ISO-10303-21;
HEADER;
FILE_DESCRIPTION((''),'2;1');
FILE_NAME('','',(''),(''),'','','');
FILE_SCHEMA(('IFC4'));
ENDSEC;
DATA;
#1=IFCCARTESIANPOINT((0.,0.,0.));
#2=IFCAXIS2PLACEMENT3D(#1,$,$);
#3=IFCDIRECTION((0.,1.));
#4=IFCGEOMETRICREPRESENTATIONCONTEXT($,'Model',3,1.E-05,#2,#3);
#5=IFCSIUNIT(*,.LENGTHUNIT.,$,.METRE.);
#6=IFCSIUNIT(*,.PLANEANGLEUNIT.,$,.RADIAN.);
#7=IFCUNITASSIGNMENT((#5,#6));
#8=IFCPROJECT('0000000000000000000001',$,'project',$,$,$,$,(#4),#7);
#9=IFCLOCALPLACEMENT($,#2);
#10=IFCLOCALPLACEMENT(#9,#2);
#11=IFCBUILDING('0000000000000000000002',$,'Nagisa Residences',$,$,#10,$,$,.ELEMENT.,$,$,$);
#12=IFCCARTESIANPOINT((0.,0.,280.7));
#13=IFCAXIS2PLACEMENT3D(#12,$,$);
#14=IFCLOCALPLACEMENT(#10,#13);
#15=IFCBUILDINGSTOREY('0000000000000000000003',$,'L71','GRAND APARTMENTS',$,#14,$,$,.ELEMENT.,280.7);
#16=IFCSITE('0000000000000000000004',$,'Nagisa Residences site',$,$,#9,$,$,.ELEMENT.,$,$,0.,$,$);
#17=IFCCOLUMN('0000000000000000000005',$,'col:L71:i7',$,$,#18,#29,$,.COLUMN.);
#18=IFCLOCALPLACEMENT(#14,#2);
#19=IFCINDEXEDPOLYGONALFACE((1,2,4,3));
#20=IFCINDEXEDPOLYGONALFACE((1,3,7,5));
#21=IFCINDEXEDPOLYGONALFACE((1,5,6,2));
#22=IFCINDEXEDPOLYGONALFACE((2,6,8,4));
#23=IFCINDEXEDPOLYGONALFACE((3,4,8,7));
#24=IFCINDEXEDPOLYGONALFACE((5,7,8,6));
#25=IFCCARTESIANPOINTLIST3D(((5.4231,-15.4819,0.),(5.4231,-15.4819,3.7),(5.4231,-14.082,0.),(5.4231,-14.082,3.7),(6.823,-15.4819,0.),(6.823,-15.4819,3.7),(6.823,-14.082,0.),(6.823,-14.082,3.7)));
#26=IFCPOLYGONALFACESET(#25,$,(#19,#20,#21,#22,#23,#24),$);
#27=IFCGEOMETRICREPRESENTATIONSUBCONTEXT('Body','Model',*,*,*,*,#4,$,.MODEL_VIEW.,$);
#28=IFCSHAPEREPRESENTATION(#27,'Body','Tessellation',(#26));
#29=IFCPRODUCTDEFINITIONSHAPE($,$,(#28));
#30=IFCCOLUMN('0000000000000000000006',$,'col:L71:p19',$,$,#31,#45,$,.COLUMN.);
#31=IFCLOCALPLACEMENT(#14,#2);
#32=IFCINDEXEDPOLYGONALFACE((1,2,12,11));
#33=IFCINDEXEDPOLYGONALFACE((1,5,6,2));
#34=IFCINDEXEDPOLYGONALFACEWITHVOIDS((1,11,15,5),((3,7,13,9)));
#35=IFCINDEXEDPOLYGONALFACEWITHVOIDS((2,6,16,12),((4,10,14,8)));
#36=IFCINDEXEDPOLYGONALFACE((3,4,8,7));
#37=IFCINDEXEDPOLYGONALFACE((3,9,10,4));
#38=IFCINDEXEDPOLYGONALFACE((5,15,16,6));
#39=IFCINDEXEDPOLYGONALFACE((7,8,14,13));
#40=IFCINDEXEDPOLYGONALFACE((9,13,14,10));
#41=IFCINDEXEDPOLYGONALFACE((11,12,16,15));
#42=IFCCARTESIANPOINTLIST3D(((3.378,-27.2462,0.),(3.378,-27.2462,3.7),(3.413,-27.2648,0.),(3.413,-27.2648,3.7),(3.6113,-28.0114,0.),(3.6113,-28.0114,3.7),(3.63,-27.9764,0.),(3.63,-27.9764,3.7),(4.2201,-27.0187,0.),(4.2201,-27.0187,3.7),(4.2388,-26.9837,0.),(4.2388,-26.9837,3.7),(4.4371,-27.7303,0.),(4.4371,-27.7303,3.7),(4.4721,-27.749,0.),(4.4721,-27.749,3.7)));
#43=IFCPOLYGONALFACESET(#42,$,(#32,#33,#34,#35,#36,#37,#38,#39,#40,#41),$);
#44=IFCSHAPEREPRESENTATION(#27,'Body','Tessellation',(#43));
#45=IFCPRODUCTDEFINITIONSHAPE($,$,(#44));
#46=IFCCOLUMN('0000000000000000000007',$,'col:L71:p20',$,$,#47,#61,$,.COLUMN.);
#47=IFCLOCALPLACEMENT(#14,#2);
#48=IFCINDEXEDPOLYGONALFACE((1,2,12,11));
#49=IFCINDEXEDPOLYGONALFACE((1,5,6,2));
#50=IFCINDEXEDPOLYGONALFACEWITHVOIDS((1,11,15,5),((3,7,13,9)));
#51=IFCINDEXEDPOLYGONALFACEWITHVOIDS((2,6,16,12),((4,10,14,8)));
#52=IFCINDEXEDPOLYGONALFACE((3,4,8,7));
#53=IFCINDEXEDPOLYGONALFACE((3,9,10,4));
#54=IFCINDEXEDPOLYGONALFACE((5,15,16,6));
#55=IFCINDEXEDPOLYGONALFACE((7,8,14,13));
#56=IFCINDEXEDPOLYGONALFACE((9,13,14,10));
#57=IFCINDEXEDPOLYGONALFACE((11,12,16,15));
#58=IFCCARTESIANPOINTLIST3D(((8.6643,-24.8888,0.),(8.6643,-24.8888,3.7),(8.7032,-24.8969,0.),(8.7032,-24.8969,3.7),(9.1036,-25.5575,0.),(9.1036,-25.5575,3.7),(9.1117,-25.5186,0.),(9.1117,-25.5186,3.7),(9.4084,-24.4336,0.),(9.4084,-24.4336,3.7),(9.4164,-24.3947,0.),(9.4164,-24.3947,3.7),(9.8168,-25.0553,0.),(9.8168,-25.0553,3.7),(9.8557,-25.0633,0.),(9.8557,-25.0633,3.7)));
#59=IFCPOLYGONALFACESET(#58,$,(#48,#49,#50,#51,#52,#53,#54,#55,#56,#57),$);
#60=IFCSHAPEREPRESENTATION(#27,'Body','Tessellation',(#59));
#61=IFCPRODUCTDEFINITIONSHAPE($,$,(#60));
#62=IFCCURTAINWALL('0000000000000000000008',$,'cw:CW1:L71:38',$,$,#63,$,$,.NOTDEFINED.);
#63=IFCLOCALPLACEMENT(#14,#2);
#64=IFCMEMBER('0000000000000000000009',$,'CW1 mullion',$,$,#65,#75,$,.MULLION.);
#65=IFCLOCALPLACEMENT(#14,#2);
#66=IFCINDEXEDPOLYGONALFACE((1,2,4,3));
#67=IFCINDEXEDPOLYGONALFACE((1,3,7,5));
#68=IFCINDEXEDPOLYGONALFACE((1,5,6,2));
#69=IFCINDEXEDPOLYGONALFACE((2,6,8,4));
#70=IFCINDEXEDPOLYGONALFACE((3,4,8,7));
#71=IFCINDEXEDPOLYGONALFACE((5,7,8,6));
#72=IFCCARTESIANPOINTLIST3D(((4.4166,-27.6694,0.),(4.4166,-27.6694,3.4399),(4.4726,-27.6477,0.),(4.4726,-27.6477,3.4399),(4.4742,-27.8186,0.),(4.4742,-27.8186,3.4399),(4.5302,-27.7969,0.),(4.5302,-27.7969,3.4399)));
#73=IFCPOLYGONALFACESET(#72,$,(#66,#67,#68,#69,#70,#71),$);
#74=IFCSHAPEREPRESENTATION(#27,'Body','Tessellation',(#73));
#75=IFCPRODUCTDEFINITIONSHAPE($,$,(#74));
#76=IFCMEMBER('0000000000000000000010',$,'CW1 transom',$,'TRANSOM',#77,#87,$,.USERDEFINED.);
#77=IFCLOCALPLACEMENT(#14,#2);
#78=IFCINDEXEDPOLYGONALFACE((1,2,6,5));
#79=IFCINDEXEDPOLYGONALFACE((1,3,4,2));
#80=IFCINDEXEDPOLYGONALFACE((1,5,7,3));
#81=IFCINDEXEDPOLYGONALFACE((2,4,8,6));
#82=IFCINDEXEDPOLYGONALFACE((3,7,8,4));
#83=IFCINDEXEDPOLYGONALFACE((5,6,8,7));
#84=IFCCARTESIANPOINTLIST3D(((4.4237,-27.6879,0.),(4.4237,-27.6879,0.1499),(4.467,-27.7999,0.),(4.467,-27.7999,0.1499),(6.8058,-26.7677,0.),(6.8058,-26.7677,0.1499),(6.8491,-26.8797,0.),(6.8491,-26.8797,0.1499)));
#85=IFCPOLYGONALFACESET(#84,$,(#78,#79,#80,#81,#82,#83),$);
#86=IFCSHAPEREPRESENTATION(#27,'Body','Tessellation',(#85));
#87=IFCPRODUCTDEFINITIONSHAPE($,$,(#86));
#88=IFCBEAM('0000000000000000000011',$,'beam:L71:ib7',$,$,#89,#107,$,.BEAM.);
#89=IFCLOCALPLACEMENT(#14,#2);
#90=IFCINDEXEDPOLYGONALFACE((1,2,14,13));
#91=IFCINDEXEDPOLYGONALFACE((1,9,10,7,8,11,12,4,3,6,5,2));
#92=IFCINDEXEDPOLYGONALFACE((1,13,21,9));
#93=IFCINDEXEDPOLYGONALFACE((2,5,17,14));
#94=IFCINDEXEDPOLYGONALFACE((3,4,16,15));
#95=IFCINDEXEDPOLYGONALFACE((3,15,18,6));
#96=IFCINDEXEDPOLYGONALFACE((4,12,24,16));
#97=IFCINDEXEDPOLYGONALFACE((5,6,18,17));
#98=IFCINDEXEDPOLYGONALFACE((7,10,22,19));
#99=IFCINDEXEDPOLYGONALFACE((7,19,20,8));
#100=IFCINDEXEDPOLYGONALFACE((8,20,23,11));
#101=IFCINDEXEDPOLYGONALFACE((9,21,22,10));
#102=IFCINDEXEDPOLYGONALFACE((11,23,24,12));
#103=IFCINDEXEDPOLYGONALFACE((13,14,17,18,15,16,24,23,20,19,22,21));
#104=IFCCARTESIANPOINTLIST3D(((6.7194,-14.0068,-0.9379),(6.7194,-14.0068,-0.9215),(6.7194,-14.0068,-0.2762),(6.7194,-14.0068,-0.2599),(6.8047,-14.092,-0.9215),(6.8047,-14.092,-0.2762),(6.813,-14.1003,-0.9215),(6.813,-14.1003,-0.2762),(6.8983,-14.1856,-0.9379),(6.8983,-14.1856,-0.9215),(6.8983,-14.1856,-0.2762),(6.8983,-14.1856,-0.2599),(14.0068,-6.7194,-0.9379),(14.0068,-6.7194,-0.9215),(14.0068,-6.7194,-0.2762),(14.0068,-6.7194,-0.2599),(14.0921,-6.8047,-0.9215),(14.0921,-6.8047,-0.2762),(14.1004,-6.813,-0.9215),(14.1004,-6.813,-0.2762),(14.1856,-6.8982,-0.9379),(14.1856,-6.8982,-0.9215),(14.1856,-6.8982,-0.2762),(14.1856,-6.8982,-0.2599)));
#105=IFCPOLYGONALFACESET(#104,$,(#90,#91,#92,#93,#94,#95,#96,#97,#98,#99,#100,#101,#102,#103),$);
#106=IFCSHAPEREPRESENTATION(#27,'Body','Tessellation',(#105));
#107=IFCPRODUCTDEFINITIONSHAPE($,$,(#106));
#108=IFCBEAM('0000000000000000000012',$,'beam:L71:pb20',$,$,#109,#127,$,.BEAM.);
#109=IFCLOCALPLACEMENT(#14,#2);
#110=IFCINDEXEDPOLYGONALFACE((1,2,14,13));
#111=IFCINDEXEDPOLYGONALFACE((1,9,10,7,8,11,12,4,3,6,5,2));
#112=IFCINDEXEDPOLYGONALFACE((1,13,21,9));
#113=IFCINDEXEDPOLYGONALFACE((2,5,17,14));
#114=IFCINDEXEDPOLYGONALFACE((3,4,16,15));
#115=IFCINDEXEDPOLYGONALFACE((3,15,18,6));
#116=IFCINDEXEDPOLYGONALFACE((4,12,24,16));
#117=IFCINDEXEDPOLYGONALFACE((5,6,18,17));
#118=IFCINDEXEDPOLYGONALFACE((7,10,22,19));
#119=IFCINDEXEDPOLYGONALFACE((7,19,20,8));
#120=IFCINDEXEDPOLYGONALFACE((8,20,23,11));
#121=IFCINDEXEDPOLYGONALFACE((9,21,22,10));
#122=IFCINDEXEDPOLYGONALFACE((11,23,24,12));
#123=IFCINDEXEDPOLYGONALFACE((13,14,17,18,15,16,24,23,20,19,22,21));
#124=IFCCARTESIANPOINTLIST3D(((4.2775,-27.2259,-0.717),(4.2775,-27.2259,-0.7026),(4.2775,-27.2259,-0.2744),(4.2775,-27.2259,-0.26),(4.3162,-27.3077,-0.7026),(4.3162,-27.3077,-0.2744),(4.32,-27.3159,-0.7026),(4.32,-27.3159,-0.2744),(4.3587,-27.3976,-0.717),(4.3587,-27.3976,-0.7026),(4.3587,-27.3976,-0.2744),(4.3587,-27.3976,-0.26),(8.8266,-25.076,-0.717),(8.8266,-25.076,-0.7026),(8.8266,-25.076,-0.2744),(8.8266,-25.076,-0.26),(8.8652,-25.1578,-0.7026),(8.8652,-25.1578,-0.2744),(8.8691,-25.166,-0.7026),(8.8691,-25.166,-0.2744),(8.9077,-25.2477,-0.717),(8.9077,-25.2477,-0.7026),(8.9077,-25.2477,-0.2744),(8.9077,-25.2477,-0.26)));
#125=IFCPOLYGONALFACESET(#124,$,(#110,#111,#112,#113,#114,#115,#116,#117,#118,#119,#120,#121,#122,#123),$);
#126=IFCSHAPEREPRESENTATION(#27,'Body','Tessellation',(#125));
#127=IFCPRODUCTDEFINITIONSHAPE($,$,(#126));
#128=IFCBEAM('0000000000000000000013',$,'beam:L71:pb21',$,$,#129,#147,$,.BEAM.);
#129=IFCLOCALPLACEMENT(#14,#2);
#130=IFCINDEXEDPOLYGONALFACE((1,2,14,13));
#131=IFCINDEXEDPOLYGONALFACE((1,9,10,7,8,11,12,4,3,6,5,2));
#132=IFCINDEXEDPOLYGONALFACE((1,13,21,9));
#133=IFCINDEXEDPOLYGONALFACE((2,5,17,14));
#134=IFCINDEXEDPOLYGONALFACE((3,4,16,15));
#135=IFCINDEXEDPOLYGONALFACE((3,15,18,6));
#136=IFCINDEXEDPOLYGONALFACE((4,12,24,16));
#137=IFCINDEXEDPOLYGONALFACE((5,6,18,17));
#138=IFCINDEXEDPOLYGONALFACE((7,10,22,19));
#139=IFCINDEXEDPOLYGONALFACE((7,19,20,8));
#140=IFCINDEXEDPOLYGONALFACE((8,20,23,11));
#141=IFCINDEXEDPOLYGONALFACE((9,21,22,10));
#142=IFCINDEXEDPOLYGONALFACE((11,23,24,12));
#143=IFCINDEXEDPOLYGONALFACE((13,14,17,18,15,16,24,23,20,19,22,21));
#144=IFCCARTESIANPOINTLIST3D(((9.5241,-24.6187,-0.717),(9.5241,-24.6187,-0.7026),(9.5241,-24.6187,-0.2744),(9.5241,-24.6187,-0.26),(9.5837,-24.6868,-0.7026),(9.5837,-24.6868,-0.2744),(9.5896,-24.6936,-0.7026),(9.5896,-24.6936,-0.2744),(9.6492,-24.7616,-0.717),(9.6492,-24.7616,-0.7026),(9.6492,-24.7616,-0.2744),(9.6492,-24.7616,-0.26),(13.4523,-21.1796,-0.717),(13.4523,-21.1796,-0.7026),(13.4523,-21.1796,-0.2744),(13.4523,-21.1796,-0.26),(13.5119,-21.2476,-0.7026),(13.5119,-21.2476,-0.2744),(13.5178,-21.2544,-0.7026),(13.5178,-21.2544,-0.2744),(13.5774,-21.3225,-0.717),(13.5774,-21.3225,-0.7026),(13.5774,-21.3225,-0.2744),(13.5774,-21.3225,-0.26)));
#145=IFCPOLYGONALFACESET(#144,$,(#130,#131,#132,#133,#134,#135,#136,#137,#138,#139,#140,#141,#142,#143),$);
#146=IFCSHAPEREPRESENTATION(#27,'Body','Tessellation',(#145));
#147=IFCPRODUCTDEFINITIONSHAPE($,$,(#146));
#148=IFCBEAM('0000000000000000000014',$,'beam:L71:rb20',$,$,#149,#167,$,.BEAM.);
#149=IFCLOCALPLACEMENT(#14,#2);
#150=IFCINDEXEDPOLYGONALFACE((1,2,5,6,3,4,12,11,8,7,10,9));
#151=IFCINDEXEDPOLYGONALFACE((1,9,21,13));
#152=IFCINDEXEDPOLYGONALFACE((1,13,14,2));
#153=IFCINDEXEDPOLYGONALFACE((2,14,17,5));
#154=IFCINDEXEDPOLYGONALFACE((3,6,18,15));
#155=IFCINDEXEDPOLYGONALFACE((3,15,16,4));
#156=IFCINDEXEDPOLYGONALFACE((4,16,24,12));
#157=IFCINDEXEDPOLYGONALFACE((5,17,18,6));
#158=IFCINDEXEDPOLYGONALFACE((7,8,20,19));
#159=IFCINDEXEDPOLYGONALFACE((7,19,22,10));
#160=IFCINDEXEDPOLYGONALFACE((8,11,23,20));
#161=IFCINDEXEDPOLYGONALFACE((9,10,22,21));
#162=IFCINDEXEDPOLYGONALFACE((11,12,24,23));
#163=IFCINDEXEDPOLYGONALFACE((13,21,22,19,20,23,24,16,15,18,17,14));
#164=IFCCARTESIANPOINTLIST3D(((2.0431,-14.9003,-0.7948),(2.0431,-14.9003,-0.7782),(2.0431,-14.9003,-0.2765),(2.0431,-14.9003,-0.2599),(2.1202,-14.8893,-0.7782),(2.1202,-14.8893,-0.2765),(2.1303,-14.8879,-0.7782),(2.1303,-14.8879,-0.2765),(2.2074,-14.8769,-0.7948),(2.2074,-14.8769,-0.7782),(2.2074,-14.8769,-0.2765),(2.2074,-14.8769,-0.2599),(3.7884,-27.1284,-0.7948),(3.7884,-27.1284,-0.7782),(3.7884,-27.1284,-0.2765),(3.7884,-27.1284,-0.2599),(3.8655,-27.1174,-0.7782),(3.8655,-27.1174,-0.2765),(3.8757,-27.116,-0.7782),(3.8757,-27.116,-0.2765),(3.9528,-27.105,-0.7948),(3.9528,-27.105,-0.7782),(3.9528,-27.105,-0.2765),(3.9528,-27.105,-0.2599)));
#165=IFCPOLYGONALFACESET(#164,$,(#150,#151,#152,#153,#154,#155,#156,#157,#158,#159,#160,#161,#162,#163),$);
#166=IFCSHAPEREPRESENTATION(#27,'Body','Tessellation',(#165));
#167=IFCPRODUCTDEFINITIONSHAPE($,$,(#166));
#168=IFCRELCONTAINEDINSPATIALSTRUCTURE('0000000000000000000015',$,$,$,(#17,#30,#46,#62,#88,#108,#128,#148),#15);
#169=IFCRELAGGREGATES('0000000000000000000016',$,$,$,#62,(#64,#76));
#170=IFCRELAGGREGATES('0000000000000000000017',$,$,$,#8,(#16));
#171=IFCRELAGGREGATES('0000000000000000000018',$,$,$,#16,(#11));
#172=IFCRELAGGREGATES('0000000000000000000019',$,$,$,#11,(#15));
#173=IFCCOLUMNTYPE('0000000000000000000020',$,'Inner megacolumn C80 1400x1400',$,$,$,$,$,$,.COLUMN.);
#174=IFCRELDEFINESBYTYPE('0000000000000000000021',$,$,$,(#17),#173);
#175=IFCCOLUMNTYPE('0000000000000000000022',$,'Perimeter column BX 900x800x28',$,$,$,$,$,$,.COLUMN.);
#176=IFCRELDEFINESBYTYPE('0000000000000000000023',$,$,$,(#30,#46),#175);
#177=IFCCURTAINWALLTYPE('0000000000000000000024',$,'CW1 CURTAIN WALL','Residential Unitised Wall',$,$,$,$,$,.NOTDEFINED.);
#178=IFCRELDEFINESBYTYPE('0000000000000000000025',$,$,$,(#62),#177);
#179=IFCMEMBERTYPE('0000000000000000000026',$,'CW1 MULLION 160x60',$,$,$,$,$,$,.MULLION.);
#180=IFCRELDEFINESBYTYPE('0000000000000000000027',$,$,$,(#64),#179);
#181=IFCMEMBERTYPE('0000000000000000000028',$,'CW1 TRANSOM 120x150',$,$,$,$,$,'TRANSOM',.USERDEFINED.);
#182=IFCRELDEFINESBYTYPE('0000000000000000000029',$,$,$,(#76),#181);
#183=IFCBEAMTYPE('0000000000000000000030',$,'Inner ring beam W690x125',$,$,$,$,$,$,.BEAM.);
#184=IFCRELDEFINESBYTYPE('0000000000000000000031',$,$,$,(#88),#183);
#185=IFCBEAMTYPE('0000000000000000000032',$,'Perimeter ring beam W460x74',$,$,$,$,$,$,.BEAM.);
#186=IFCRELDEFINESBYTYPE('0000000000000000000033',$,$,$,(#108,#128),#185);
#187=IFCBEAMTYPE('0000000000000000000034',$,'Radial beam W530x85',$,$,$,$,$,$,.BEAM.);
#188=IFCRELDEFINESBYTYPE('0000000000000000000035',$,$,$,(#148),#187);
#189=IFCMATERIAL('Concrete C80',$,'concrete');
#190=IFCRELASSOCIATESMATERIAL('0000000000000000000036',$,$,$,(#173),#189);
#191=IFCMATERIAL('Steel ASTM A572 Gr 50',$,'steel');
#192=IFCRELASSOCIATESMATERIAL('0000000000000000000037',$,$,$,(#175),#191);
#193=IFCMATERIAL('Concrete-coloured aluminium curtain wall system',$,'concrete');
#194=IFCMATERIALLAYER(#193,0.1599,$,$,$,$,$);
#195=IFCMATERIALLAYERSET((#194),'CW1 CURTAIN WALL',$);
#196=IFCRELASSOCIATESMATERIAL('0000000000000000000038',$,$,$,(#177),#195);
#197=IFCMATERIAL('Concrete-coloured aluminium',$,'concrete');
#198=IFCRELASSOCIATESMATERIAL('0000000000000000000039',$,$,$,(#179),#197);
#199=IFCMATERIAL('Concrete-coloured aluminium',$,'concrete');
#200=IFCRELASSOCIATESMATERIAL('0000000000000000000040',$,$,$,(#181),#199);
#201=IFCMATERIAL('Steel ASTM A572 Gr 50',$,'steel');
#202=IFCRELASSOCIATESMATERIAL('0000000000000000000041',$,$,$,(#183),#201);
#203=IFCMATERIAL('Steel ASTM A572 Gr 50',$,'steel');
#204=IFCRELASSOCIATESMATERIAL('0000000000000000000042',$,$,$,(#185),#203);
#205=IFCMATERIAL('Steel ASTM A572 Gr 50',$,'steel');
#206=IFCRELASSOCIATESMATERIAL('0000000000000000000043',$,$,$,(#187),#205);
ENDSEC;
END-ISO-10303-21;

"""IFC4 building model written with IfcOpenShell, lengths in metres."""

from ifc_helpers import new_model, si_unit, direction, frame, origin, origin_2d, place, context, subcontext, project, spatial, rectangle, hollow_rectangle, i_section, extrude, material, layer, layer_set, material_profile, profile_set, type_object, element, aggregate, save


model = new_model("IFC4")

# Units and contexts
model_context = context("Model", 3, precision=1e-05, world=origin(), true_north=direction((0.0, 1.0)))
body_context = subcontext(model_context, "Body", "Model", "MODEL_VIEW")
ifc_project = project(units=[si_unit("LENGTHUNIT", "METRE"), si_unit("PLANEANGLEUNIT", "RADIAN")], contexts=[model_context])

# Site, building, storey
site_placement = place(None, origin())
site = spatial("IfcSite", under=ifc_project, at=site_placement, Name="Nagisa Residences site", CompositionType="ELEMENT", RefElevation=0.0)
building_placement = place(site_placement, origin())
building = spatial("IfcBuilding", under=site, at=building_placement, Name="Nagisa Residences", CompositionType="ELEMENT")
storey_placement = place(building_placement, frame((0.0, 0.0, 280.7)))
storey = spatial("IfcBuildingStorey", under=building, at=storey_placement, Name="L71", Description="GRAND APARTMENTS", CompositionType="ELEMENT", Elevation=280.7)

# Columns
ifc_material_1 = material(Name="Concrete C80", Category="concrete")
ifc_material_profile_1 = material_profile(ifc_material_1, rectangle(XDim=1.3999, YDim=1.3999, at=origin_2d()), Name="C80 1400x1400")
ifc_profile_set_1 = profile_set([ifc_material_profile_1], Name="Concrete C80")
column_type_1 = type_object("IfcColumnType", Name="Inner megacolumn C80 1400x1400", PredefinedType="COLUMN", material=ifc_profile_set_1)
column_placement = place(storey_placement, frame((6.123, -14.782, 0.0), z_axis=(0.0, 0.0, 1.0), x_axis=(1.0, 0.0, 0.0)))
element("IfcColumn", 1, at=column_placement, inside=storey, type_object=column_type_1, Name="col:L71:i7", PredefinedType="COLUMN", context=body_context, shape_type="SweptSolid", body=[
    extrude(rectangle(XDim=1.3999, YDim=1.3999, at=origin_2d()), origin(), (0.0, 0.0, 1.0), 3.7),
])
ifc_material_2 = material(Name="Steel ASTM A572 Gr 50", Category="steel")
ifc_material_profile_2 = material_profile(ifc_material_2, hollow_rectangle(XDim=0.8999, YDim=0.8, WallThickness=0.0281, at=origin_2d()), Name="BX 900x800x28")
ifc_profile_set_2 = profile_set([ifc_material_profile_2], Name="Steel ASTM A572 Gr 50")
column_type_2 = type_object("IfcColumnType", Name="Perimeter column BX 900x800x28", PredefinedType="COLUMN", material=ifc_profile_set_2)
for number, where, z_axis, x_axis, name in (
    (2, (3.925, -27.4976, 0.0), (0.0, 0.0, 1.0), (0.956525, 0.291652, 0.0), "col:L71:p19"),
    (3, (9.26, -24.9761, 0.0), (0.0, 0.0, 1.0), (0.835766, 0.549086, 0.0), "col:L71:p20"),
):
    element("IfcColumn", number, at=place(storey_placement, frame(where, z_axis=z_axis, x_axis=x_axis)), inside=storey, type_object=column_type_2, Name=name, PredefinedType="COLUMN", context=body_context, shape_type="SweptSolid", body=[
        extrude(hollow_rectangle(XDim=0.8999, YDim=0.8, WallThickness=0.0281, at=origin_2d()), origin(), (0.0, 0.0, 1.0), 3.7),
    ])

# Curtain wall, members
ifc_material_3 = material(Name="Concrete-coloured aluminium curtain wall system", Category="concrete")
ifc_layer_1 = layer(ifc_material_3, 0.1599)
ifc_layer_set_1 = layer_set([ifc_layer_1], Name="CW1 CURTAIN WALL")
curtain_wall_type = type_object("IfcCurtainWallType", Name="CW1 CURTAIN WALL", Description="Residential Unitised Wall", PredefinedType="NOTDEFINED", material=ifc_layer_set_1)
curtain_wall_1_placement = place(storey_placement, origin())
curtain_wall_1 = element("IfcCurtainWall", 4, at=curtain_wall_1_placement, inside=storey, type_object=curtain_wall_type, Name="cw:CW1:L71:38", PredefinedType="NOTDEFINED")
ifc_material_4 = material(Name="Concrete-coloured aluminium", Category="concrete")
ifc_material_profile_3 = material_profile(ifc_material_4, rectangle(XDim=0.1599, YDim=0.0601, at=origin_2d()), Name="CW1 MULLION 160x60")
ifc_profile_set_3 = profile_set([ifc_material_profile_3], Name="Concrete-coloured aluminium")
member_type_1 = type_object("IfcMemberType", Name="CW1 MULLION 160x60", PredefinedType="MULLION", material=ifc_profile_set_3)
member_1_placement = place(storey_placement, frame((4.4734, -27.7332, 0.0), z_axis=(0.0, 0.0, 1.0), x_axis=(-0.360328, 0.932826, 0.0)))
member_1 = element("IfcMember", 5, at=member_1_placement, type_object=member_type_1, Name="CW1 mullion", PredefinedType="MULLION", context=body_context, shape_type="SweptSolid", body=[
    extrude(rectangle(XDim=0.1599, YDim=0.0601, at=origin_2d()), origin(), (0.0, 0.0, 1.0), 3.4399),
])
ifc_material_5 = material(Name="Concrete-coloured aluminium", Category="concrete")
ifc_material_profile_4 = material_profile(ifc_material_5, rectangle(XDim=0.1201, YDim=0.1499, at=origin_2d()), Name="CW1 TRANSOM 120x150")
ifc_profile_set_4 = profile_set([ifc_material_profile_4], Name="Concrete-coloured aluminium")
member_type_2 = type_object("IfcMemberType", Name="CW1 TRANSOM 120x150", ElementType="TRANSOM", PredefinedType="USERDEFINED", material=ifc_profile_set_4)
member_2_placement = place(storey_placement, frame((4.4453, -27.7439, 0.075), z_axis=(0.932822, 0.360337, 0.0), x_axis=(-0.360337, 0.932822, 0.0)))
member_2 = element("IfcMember", 6, at=member_2_placement, type_object=member_type_2, Name="CW1 transom", ObjectType="TRANSOM", PredefinedType="USERDEFINED", context=body_context, shape_type="SweptSolid", body=[
    extrude(rectangle(XDim=0.1201, YDim=0.1499, at=origin_2d()), origin(), (0.0, 0.0, 1.0), 2.5537),
])

# Beams
ifc_material_6 = material(Name="Steel ASTM A572 Gr 50", Category="steel")
ifc_material_profile_5 = material_profile(ifc_material_6, i_section(OverallWidth=0.2529, OverallDepth=0.678, WebThickness=0.0117, FlangeThickness=0.0164, at=origin_2d()), Name="W690x125")
ifc_profile_set_5 = profile_set([ifc_material_profile_5], Name="Steel ASTM A572 Gr 50")
beam_type_1 = type_object("IfcBeamType", Name="Inner ring beam W690x125", PredefinedType="BEAM", material=ifc_profile_set_5)
beam_1_placement = place(storey_placement, frame((6.8088, -14.0962, -0.5989), z_axis=(0.707107, 0.707107, 0.0), x_axis=(-0.707107, 0.707107, 0.0)))
element("IfcBeam", 7, at=beam_1_placement, inside=storey, type_object=beam_type_1, Name="beam:L71:ib7", PredefinedType="BEAM", context=body_context, shape_type="SweptSolid", body=[
    extrude(i_section(OverallWidth=0.2529, OverallDepth=0.678, WebThickness=0.0117, FlangeThickness=0.0164, at=origin_2d()), origin(), (0.0, 0.0, 1.0), 10.3059),
])
ifc_material_7 = material(Name="Steel ASTM A572 Gr 50", Category="steel")
ifc_material_profile_6 = material_profile(ifc_material_7, i_section(OverallWidth=0.1899, OverallDepth=0.457, WebThickness=0.009, FlangeThickness=0.0144, at=origin_2d()), Name="W460x74")
ifc_profile_set_6 = profile_set([ifc_material_profile_6], Name="Steel ASTM A572 Gr 50")
beam_type_2 = type_object("IfcBeamType", Name="Perimeter ring beam W460x74", PredefinedType="BEAM", material=ifc_profile_set_6)
beam_2_placement = place(storey_placement, frame((4.3181, -27.3118, -0.4885), z_axis=(0.904116, 0.427287, 0.0), x_axis=(-0.427287, 0.904116, 0.0)))
element("IfcBeam", 8, at=beam_2_placement, inside=storey, type_object=beam_type_2, Name="beam:L71:pb20", PredefinedType="BEAM", context=body_context, shape_type="SweptSolid", body=[
    extrude(i_section(OverallWidth=0.1899, OverallDepth=0.457, WebThickness=0.009, FlangeThickness=0.0144, at=origin_2d()), origin(), (0.0, 0.0, 1.0), 5.0315),
])
beam_3_placement = place(storey_placement, frame((9.5867, -24.6902, -0.4885), z_axis=(0.752385, 0.658723, 0.0), x_axis=(-0.658723, 0.752385, 0.0)))
element("IfcBeam", 9, at=beam_3_placement, inside=storey, type_object=beam_type_2, Name="beam:L71:pb21", PredefinedType="BEAM", context=body_context, shape_type="SweptSolid", body=[
    extrude(i_section(OverallWidth=0.1899, OverallDepth=0.457, WebThickness=0.009, FlangeThickness=0.0144, at=origin_2d()), origin(), (0.0, 0.0, 1.0), 5.2209),
])
ifc_material_8 = material(Name="Steel ASTM A572 Gr 50", Category="steel")
ifc_material_profile_7 = material_profile(ifc_material_8, i_section(OverallWidth=0.166, OverallDepth=0.5349, WebThickness=0.0103, FlangeThickness=0.0166, at=origin_2d()), Name="W530x85")
ifc_profile_set_7 = profile_set([ifc_material_profile_7], Name="Steel ASTM A572 Gr 50")
beam_type_3 = type_object("IfcBeamType", Name="Radial beam W530x85", PredefinedType="BEAM", material=ifc_profile_set_7)
beam_4_placement = place(storey_placement, frame((3.8706, -27.1167, -0.5273), z_axis=(-0.141302, 0.989966, 0.0), x_axis=(-0.989966, -0.141302, 0.0)))
element("IfcBeam", 10, at=beam_4_placement, inside=storey, type_object=beam_type_3, Name="beam:L71:rb20", PredefinedType="BEAM", context=body_context, shape_type="SweptSolid", body=[
    extrude(i_section(OverallWidth=0.166, OverallDepth=0.5349, WebThickness=0.0103, FlangeThickness=0.0166, at=origin_2d()), origin(), (0.0, 0.0, 1.0), 12.3521),
])

aggregate(curtain_wall_1, [member_1, member_2])

save(model, "model.ifc")
